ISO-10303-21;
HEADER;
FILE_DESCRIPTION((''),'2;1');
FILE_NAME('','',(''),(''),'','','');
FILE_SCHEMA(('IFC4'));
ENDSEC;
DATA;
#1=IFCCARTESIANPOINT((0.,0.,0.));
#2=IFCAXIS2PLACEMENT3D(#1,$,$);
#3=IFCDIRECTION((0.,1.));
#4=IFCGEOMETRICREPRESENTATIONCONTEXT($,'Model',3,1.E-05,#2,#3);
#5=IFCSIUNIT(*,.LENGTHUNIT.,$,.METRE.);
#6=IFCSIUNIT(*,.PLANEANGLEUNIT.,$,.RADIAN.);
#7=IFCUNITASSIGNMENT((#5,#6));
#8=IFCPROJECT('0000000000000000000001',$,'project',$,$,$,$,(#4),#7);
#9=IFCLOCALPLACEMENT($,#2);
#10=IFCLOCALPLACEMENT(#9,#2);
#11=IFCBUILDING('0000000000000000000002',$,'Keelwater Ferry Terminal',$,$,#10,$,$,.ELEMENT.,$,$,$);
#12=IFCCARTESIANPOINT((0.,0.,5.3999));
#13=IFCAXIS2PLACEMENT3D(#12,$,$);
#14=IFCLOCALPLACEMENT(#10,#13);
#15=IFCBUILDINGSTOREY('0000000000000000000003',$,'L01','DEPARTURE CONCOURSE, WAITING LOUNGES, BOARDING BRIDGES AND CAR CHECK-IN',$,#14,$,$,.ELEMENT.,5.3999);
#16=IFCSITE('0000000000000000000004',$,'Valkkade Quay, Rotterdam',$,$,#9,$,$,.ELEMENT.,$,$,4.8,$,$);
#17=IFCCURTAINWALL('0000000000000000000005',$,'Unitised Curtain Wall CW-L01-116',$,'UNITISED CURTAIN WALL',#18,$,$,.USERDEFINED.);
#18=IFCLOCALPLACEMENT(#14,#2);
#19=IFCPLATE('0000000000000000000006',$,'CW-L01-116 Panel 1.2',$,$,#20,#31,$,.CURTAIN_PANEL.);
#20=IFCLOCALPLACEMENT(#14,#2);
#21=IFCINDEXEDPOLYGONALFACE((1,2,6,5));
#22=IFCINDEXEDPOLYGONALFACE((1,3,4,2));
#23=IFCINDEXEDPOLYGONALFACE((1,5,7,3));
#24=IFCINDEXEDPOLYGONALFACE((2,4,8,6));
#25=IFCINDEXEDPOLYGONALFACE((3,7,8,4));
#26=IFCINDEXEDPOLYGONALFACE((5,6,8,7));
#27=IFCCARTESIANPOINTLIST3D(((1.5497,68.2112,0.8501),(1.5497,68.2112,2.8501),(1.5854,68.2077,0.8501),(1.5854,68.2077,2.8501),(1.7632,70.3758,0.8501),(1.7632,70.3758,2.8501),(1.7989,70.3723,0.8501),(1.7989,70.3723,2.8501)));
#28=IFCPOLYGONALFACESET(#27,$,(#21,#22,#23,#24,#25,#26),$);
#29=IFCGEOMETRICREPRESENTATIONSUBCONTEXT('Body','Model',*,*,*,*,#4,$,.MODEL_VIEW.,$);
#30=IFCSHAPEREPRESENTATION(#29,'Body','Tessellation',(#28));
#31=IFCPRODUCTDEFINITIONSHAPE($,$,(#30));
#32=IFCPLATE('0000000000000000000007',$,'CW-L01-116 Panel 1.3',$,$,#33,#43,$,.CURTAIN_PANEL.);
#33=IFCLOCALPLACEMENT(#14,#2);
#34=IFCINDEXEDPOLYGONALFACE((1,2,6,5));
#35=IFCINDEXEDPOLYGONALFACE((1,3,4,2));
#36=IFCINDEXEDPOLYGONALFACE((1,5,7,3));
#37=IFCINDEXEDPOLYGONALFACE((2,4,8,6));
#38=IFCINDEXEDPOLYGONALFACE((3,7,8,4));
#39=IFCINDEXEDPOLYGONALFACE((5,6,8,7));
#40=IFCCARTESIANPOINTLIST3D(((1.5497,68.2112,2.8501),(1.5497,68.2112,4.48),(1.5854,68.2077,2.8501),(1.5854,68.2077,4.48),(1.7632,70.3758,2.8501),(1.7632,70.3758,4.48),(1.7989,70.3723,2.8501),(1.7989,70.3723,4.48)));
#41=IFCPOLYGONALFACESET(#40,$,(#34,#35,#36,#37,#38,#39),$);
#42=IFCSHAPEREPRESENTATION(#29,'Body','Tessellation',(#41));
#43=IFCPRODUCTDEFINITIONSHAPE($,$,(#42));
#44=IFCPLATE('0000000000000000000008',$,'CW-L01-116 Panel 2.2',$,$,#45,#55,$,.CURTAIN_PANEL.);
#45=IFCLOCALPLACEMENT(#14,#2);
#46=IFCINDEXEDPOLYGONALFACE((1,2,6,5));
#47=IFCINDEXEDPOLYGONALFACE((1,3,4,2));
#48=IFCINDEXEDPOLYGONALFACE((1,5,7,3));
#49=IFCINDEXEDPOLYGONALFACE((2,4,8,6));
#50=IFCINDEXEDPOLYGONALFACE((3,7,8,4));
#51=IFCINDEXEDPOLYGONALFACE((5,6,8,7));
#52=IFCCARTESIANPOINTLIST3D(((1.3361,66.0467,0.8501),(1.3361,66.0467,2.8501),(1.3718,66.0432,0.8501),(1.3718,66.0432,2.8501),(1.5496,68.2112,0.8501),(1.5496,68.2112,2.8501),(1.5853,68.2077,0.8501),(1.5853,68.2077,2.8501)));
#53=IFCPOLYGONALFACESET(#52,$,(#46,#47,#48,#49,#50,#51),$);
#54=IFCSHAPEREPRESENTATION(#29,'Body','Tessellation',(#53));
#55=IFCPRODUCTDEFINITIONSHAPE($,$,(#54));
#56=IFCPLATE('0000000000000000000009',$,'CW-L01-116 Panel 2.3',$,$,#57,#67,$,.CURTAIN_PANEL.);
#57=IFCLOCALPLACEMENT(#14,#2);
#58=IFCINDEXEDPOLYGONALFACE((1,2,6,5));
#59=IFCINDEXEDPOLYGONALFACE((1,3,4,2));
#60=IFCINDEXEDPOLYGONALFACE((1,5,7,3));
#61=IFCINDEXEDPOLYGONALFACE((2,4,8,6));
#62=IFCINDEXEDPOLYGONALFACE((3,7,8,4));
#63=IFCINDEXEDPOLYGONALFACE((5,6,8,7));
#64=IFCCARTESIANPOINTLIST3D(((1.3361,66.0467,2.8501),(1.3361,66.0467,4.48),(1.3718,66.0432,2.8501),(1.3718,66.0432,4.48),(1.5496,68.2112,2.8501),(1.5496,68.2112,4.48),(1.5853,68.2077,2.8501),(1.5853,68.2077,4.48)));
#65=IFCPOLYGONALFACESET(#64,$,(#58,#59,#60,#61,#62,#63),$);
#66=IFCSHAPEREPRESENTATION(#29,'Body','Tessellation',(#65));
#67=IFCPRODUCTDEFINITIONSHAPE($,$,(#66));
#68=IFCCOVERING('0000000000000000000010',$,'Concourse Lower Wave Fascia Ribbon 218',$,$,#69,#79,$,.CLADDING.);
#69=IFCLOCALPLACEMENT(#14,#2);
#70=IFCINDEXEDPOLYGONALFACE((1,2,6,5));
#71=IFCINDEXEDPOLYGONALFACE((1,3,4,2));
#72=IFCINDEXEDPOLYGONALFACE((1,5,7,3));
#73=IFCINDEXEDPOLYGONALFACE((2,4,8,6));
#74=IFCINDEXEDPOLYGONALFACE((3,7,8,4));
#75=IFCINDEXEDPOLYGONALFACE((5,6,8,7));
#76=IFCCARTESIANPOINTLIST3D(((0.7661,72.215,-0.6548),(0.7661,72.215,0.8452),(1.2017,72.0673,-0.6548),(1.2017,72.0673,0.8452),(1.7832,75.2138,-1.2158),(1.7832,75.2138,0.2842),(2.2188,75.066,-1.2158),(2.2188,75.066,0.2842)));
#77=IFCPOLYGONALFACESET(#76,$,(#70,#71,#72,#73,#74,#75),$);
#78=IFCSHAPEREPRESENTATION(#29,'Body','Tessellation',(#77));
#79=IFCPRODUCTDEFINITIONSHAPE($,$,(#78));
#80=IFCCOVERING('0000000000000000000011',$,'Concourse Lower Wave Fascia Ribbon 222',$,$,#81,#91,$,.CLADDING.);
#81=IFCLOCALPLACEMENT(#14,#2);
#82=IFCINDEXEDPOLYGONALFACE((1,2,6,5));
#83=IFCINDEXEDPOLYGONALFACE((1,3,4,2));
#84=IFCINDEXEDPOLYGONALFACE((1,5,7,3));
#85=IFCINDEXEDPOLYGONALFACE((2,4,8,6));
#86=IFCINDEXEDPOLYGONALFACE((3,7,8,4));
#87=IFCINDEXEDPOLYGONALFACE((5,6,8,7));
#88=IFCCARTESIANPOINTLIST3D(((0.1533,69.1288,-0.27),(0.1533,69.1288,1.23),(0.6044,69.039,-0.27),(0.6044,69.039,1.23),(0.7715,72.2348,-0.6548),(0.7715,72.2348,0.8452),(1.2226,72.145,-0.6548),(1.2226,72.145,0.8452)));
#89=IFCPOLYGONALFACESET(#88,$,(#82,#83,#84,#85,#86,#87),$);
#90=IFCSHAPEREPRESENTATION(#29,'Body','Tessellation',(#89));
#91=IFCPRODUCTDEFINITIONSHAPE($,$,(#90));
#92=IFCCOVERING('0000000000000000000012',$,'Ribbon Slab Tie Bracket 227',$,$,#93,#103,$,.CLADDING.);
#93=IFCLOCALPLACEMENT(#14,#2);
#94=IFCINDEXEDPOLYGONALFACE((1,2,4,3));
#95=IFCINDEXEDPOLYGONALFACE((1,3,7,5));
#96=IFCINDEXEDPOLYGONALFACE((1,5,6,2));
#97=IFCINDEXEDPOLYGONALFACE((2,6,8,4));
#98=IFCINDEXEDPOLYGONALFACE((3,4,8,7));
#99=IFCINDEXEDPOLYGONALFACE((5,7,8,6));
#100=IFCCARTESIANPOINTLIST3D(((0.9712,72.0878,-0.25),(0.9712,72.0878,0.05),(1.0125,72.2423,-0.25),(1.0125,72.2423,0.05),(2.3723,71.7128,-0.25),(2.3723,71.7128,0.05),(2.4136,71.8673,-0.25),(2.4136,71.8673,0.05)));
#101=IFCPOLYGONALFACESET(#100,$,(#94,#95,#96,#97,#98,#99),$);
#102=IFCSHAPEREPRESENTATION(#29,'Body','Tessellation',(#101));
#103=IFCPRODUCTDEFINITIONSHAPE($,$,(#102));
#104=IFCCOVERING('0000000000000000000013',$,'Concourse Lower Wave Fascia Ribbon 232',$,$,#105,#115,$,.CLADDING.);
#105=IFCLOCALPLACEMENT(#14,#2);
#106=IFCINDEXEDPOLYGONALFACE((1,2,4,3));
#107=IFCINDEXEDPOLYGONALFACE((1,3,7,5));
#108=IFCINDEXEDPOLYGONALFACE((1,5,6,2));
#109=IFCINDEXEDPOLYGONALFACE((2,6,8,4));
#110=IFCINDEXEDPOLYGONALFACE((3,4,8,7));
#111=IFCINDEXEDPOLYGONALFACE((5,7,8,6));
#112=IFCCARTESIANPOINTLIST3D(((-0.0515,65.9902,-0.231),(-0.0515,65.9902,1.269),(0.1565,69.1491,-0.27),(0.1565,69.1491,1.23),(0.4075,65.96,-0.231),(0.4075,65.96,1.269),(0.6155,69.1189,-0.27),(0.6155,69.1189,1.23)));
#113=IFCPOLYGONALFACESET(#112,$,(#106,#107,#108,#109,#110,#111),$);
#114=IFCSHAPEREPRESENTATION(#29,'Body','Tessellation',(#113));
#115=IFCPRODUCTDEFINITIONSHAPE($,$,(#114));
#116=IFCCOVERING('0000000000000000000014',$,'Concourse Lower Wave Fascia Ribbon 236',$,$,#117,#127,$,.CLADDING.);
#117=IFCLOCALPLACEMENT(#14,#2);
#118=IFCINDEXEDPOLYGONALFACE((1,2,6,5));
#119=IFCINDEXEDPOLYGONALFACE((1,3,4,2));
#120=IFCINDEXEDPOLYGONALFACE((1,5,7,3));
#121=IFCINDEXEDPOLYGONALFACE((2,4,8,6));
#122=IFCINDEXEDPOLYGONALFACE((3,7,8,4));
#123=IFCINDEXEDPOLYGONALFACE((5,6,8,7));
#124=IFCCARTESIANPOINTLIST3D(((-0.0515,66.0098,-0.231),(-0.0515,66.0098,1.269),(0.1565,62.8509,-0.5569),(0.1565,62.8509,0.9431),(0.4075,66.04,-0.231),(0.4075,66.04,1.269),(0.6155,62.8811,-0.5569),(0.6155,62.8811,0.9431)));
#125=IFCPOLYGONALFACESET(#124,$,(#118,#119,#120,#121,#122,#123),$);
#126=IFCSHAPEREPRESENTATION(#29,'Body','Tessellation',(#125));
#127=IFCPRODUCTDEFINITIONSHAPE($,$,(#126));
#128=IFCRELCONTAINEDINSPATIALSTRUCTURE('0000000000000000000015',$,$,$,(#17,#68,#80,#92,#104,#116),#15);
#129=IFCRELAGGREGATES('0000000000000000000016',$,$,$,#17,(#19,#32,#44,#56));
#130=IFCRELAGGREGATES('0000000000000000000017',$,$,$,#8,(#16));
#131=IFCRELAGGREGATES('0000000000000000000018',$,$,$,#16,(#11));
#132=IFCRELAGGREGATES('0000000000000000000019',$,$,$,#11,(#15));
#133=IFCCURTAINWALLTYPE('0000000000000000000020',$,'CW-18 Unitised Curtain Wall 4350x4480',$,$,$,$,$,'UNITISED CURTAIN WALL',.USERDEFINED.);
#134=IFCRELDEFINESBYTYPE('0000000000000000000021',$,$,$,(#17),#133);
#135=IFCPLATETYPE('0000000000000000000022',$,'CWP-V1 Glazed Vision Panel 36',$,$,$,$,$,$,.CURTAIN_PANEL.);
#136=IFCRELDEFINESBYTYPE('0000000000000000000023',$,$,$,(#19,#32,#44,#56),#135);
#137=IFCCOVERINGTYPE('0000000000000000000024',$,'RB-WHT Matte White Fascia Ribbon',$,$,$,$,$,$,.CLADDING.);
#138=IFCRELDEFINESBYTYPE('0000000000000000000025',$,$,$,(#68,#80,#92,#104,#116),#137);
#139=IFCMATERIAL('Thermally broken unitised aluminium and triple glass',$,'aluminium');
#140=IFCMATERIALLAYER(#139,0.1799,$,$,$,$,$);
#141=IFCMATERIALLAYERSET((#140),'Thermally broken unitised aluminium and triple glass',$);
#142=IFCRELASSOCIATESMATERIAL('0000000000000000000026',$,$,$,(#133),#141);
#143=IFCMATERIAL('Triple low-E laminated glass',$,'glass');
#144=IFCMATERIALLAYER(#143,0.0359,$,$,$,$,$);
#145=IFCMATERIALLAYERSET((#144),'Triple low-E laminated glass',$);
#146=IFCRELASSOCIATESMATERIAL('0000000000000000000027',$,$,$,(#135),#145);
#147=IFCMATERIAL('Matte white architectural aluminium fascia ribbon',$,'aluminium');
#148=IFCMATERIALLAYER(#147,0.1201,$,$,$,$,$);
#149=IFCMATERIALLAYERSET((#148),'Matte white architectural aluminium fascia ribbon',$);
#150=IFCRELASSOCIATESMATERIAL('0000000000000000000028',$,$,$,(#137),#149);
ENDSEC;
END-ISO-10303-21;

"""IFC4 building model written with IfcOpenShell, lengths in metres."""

from ifc_helpers import new_model, si_unit, direction, frame, frame_2d, origin, origin_2d, place, context, subcontext, project, spatial, polyline, rectangle, outline, extrude, material, layer, layer_set, type_object, element, aggregate, save


model = new_model("IFC4")

# Units and contexts
model_context = context("Model", 3, precision=1e-05, world=origin(), true_north=direction((0.0, 1.0)))
body_context = subcontext(model_context, "Body", "Model", "MODEL_VIEW")
ifc_project = project(units=[si_unit("LENGTHUNIT", "METRE"), si_unit("PLANEANGLEUNIT", "RADIAN")], contexts=[model_context])

# Site, building, storey
site_placement = place(None, origin())
site = spatial("IfcSite", under=ifc_project, at=site_placement, Name="Valkkade Quay, Rotterdam", CompositionType="ELEMENT", RefElevation=4.8)
building_placement = place(site_placement, origin())
building = spatial("IfcBuilding", under=site, at=building_placement, Name="Keelwater Ferry Terminal", CompositionType="ELEMENT")
storey_placement = place(building_placement, frame((0.0, 0.0, 5.3999)))
storey = spatial("IfcBuildingStorey", under=building, at=storey_placement, Name="L01", Description="DEPARTURE CONCOURSE, WAITING LOUNGES, BOARDING BRIDGES AND CAR CHECK-IN", CompositionType="ELEMENT", Elevation=5.3999)

# Curtain wall
ifc_material_1 = material(Name="Thermally broken unitised aluminium and triple glass", Category="aluminium")
ifc_layer_1 = layer(ifc_material_1, 0.1799)
ifc_layer_set_1 = layer_set([ifc_layer_1], Name="Thermally broken unitised aluminium and triple glass")
curtain_wall_type = type_object("IfcCurtainWallType", Name="CW-18 Unitised Curtain Wall 4350x4480", ElementType="UNITISED CURTAIN WALL", PredefinedType="USERDEFINED", material=ifc_layer_set_1)
curtain_wall_1_placement = place(storey_placement, origin())
curtain_wall_1 = element("IfcCurtainWall", 1, at=curtain_wall_1_placement, inside=storey, type_object=curtain_wall_type, Name="Unitised Curtain Wall CW-L01-116", ObjectType="UNITISED CURTAIN WALL", PredefinedType="USERDEFINED")

# Plates
ifc_material_2 = material(Name="Triple low-E laminated glass", Category="glass")
ifc_layer_2 = layer(ifc_material_2, 0.0359)
ifc_layer_set_2 = layer_set([ifc_layer_2], Name="Triple low-E laminated glass")
plate_type_1 = type_object("IfcPlateType", Name="CWP-V1 Glazed Vision Panel 36", PredefinedType="CURTAIN_PANEL", material=ifc_layer_set_2)
plate_1_placement = place(storey_placement, frame((1.6743, 69.2917, 0.8501), z_axis=(0.0, 0.0, 1.0), x_axis=(-0.098161, -0.995171, 0.0)))
plate_1 = element("IfcPlate", 2, at=plate_1_placement, type_object=plate_type_1, Name="CW-L01-116 Panel 1.2", PredefinedType="CURTAIN_PANEL", context=body_context, shape_type="SweptSolid", body=[
    extrude(rectangle(XDim=2.175, YDim=0.0359, at=origin_2d()), origin(), (0.0, 0.0, 1.0), 2.0),
])
plate_2_placement = place(storey_placement, frame((1.6743, 69.2917, 2.8501), z_axis=(0.0, 0.0, 1.0), x_axis=(-0.098161, -0.995171, 0.0)))
plate_2 = element("IfcPlate", 3, at=plate_2_placement, type_object=plate_type_1, Name="CW-L01-116 Panel 1.3", PredefinedType="CURTAIN_PANEL", context=body_context, shape_type="SweptSolid", body=[
    extrude(rectangle(XDim=2.175, YDim=0.0359, at=origin_2d()), origin(), (0.0, 0.0, 1.0), 1.6299),
])
plate_3_placement = place(storey_placement, frame((1.4607, 67.1272, 0.8501), z_axis=(0.0, 0.0, 1.0), x_axis=(-0.098161, -0.995171, 0.0)))
plate_3 = element("IfcPlate", 4, at=plate_3_placement, type_object=plate_type_1, Name="CW-L01-116 Panel 2.2", PredefinedType="CURTAIN_PANEL", context=body_context, shape_type="SweptSolid", body=[
    extrude(rectangle(XDim=2.175, YDim=0.0359, at=origin_2d()), origin(), (0.0, 0.0, 1.0), 2.0),
])
plate_4_placement = place(storey_placement, frame((1.4607, 67.1272, 2.8501), z_axis=(0.0, 0.0, 1.0), x_axis=(-0.098161, -0.995171, 0.0)))
plate_4 = element("IfcPlate", 5, at=plate_4_placement, type_object=plate_type_1, Name="CW-L01-116 Panel 2.3", PredefinedType="CURTAIN_PANEL", context=body_context, shape_type="SweptSolid", body=[
    extrude(rectangle(XDim=2.175, YDim=0.0359, at=origin_2d()), origin(), (0.0, 0.0, 1.0), 1.6299),
])
aggregate(curtain_wall_1, [plate_1, plate_2, plate_3, plate_4])

# Coverings
ifc_material_3 = material(Name="Matte white architectural aluminium fascia ribbon", Category="aluminium")
ifc_layer_3 = layer(ifc_material_3, 0.1201)
ifc_layer_set_3 = layer_set([ifc_layer_3], Name="Matte white architectural aluminium fascia ribbon")
covering_type = type_object("IfcCoveringType", Name="RB-WHT Matte White Fascia Ribbon", PredefinedType="CLADDING", material=ifc_layer_set_3)
covering_1_placement = place(storey_placement, frame((2.001, 75.1399, -1.2158), z_axis=(0.0, 0.0, 1.0), x_axis=(-0.321196, -0.947013, 0.0)))
element("IfcCovering", 6, at=covering_1_placement, inside=storey, type_object=covering_type, Name="Concourse Lower Wave Fascia Ribbon 218", PredefinedType="CLADDING", context=body_context, shape_type="SweptSolid", body=[
    extrude(outline(polyline([(0.0, 0.0), (3.1665, 0.561), (3.1665, 2.061), (0.0, 1.5), (0.0, 0.0)])), frame((0.0, 0.23, 0.0), z_axis=(0.0, -1.0, 0.0), x_axis=(1.0, 0.0, 0.0)), (0.0, 0.0, 1.0), 0.46),
])
covering_2_placement = place(storey_placement, frame((0.9971, 72.1899, -0.6548), z_axis=(0.0, 0.0, 1.0), x_axis=(-0.195197, -0.980764, 0.0)))
element("IfcCovering", 7, at=covering_2_placement, inside=storey, type_object=covering_type, Name="Concourse Lower Wave Fascia Ribbon 222", PredefinedType="CLADDING", context=body_context, shape_type="SweptSolid", body=[
    extrude(outline(polyline([(0.0, 0.0), (3.167, 0.3848), (3.167, 1.8848), (0.0, 1.5), (0.0, 0.0)])), frame((0.0, 0.23, 0.0), z_axis=(0.0, -1.0, 0.0), x_axis=(1.0, 0.0, 0.0)), (0.0, 0.0, 1.0), 0.46),
])
covering_3_placement = place(storey_placement, frame((0.9919, 72.165, -0.25), z_axis=(0.0, 0.0, 1.0), x_axis=(0.966, -0.258543, 0.0)))
element("IfcCovering", 8, at=covering_3_placement, inside=storey, type_object=covering_type, Name="Ribbon Slab Tie Bracket 227", PredefinedType="CLADDING", context=body_context, shape_type="SweptSolid", body=[
    extrude(rectangle(XDim=1.4504, YDim=0.1599, at=frame_2d((0.7251, 0.0))), origin(), (0.0, 0.0, 1.0), 0.3),
])
covering_4_placement = place(storey_placement, frame((0.386, 69.134, -0.27), z_axis=(0.0, 0.0, 1.0), x_axis=(-0.065705, -0.997839, 0.0)))
element("IfcCovering", 9, at=covering_4_placement, inside=storey, type_object=covering_type, Name="Concourse Lower Wave Fascia Ribbon 232", PredefinedType="CLADDING", context=body_context, shape_type="SweptSolid", body=[
    extrude(outline(polyline([(0.0, 0.0), (3.1658, 0.0391), (3.1658, 1.5391), (0.0, 1.5), (0.0, 0.0)])), frame((0.0, 0.23, 0.0), z_axis=(0.0, -1.0, 0.0), x_axis=(1.0, 0.0, 0.0)), (0.0, 0.0, 1.0), 0.46),
])
covering_5_placement = place(storey_placement, frame((0.178, 66.0249, -0.5569), z_axis=(0.0, 0.0, 1.0), x_axis=(0.065705, -0.997839, 0.0)))
element("IfcCovering", 10, at=covering_5_placement, inside=storey, type_object=covering_type, Name="Concourse Lower Wave Fascia Ribbon 236", PredefinedType="CLADDING", context=body_context, shape_type="SweptSolid", body=[
    extrude(outline(polyline([(0.0, 0.3259), (3.1658, 0.0), (3.1658, 1.5), (0.0, 1.8259), (0.0, 0.3259)])), frame((0.0, 0.23, 0.0), z_axis=(0.0, -1.0, 0.0), x_axis=(1.0, 0.0, 0.0)), (0.0, 0.0, 1.0), 0.46),
])

save(model, "model.ifc")
